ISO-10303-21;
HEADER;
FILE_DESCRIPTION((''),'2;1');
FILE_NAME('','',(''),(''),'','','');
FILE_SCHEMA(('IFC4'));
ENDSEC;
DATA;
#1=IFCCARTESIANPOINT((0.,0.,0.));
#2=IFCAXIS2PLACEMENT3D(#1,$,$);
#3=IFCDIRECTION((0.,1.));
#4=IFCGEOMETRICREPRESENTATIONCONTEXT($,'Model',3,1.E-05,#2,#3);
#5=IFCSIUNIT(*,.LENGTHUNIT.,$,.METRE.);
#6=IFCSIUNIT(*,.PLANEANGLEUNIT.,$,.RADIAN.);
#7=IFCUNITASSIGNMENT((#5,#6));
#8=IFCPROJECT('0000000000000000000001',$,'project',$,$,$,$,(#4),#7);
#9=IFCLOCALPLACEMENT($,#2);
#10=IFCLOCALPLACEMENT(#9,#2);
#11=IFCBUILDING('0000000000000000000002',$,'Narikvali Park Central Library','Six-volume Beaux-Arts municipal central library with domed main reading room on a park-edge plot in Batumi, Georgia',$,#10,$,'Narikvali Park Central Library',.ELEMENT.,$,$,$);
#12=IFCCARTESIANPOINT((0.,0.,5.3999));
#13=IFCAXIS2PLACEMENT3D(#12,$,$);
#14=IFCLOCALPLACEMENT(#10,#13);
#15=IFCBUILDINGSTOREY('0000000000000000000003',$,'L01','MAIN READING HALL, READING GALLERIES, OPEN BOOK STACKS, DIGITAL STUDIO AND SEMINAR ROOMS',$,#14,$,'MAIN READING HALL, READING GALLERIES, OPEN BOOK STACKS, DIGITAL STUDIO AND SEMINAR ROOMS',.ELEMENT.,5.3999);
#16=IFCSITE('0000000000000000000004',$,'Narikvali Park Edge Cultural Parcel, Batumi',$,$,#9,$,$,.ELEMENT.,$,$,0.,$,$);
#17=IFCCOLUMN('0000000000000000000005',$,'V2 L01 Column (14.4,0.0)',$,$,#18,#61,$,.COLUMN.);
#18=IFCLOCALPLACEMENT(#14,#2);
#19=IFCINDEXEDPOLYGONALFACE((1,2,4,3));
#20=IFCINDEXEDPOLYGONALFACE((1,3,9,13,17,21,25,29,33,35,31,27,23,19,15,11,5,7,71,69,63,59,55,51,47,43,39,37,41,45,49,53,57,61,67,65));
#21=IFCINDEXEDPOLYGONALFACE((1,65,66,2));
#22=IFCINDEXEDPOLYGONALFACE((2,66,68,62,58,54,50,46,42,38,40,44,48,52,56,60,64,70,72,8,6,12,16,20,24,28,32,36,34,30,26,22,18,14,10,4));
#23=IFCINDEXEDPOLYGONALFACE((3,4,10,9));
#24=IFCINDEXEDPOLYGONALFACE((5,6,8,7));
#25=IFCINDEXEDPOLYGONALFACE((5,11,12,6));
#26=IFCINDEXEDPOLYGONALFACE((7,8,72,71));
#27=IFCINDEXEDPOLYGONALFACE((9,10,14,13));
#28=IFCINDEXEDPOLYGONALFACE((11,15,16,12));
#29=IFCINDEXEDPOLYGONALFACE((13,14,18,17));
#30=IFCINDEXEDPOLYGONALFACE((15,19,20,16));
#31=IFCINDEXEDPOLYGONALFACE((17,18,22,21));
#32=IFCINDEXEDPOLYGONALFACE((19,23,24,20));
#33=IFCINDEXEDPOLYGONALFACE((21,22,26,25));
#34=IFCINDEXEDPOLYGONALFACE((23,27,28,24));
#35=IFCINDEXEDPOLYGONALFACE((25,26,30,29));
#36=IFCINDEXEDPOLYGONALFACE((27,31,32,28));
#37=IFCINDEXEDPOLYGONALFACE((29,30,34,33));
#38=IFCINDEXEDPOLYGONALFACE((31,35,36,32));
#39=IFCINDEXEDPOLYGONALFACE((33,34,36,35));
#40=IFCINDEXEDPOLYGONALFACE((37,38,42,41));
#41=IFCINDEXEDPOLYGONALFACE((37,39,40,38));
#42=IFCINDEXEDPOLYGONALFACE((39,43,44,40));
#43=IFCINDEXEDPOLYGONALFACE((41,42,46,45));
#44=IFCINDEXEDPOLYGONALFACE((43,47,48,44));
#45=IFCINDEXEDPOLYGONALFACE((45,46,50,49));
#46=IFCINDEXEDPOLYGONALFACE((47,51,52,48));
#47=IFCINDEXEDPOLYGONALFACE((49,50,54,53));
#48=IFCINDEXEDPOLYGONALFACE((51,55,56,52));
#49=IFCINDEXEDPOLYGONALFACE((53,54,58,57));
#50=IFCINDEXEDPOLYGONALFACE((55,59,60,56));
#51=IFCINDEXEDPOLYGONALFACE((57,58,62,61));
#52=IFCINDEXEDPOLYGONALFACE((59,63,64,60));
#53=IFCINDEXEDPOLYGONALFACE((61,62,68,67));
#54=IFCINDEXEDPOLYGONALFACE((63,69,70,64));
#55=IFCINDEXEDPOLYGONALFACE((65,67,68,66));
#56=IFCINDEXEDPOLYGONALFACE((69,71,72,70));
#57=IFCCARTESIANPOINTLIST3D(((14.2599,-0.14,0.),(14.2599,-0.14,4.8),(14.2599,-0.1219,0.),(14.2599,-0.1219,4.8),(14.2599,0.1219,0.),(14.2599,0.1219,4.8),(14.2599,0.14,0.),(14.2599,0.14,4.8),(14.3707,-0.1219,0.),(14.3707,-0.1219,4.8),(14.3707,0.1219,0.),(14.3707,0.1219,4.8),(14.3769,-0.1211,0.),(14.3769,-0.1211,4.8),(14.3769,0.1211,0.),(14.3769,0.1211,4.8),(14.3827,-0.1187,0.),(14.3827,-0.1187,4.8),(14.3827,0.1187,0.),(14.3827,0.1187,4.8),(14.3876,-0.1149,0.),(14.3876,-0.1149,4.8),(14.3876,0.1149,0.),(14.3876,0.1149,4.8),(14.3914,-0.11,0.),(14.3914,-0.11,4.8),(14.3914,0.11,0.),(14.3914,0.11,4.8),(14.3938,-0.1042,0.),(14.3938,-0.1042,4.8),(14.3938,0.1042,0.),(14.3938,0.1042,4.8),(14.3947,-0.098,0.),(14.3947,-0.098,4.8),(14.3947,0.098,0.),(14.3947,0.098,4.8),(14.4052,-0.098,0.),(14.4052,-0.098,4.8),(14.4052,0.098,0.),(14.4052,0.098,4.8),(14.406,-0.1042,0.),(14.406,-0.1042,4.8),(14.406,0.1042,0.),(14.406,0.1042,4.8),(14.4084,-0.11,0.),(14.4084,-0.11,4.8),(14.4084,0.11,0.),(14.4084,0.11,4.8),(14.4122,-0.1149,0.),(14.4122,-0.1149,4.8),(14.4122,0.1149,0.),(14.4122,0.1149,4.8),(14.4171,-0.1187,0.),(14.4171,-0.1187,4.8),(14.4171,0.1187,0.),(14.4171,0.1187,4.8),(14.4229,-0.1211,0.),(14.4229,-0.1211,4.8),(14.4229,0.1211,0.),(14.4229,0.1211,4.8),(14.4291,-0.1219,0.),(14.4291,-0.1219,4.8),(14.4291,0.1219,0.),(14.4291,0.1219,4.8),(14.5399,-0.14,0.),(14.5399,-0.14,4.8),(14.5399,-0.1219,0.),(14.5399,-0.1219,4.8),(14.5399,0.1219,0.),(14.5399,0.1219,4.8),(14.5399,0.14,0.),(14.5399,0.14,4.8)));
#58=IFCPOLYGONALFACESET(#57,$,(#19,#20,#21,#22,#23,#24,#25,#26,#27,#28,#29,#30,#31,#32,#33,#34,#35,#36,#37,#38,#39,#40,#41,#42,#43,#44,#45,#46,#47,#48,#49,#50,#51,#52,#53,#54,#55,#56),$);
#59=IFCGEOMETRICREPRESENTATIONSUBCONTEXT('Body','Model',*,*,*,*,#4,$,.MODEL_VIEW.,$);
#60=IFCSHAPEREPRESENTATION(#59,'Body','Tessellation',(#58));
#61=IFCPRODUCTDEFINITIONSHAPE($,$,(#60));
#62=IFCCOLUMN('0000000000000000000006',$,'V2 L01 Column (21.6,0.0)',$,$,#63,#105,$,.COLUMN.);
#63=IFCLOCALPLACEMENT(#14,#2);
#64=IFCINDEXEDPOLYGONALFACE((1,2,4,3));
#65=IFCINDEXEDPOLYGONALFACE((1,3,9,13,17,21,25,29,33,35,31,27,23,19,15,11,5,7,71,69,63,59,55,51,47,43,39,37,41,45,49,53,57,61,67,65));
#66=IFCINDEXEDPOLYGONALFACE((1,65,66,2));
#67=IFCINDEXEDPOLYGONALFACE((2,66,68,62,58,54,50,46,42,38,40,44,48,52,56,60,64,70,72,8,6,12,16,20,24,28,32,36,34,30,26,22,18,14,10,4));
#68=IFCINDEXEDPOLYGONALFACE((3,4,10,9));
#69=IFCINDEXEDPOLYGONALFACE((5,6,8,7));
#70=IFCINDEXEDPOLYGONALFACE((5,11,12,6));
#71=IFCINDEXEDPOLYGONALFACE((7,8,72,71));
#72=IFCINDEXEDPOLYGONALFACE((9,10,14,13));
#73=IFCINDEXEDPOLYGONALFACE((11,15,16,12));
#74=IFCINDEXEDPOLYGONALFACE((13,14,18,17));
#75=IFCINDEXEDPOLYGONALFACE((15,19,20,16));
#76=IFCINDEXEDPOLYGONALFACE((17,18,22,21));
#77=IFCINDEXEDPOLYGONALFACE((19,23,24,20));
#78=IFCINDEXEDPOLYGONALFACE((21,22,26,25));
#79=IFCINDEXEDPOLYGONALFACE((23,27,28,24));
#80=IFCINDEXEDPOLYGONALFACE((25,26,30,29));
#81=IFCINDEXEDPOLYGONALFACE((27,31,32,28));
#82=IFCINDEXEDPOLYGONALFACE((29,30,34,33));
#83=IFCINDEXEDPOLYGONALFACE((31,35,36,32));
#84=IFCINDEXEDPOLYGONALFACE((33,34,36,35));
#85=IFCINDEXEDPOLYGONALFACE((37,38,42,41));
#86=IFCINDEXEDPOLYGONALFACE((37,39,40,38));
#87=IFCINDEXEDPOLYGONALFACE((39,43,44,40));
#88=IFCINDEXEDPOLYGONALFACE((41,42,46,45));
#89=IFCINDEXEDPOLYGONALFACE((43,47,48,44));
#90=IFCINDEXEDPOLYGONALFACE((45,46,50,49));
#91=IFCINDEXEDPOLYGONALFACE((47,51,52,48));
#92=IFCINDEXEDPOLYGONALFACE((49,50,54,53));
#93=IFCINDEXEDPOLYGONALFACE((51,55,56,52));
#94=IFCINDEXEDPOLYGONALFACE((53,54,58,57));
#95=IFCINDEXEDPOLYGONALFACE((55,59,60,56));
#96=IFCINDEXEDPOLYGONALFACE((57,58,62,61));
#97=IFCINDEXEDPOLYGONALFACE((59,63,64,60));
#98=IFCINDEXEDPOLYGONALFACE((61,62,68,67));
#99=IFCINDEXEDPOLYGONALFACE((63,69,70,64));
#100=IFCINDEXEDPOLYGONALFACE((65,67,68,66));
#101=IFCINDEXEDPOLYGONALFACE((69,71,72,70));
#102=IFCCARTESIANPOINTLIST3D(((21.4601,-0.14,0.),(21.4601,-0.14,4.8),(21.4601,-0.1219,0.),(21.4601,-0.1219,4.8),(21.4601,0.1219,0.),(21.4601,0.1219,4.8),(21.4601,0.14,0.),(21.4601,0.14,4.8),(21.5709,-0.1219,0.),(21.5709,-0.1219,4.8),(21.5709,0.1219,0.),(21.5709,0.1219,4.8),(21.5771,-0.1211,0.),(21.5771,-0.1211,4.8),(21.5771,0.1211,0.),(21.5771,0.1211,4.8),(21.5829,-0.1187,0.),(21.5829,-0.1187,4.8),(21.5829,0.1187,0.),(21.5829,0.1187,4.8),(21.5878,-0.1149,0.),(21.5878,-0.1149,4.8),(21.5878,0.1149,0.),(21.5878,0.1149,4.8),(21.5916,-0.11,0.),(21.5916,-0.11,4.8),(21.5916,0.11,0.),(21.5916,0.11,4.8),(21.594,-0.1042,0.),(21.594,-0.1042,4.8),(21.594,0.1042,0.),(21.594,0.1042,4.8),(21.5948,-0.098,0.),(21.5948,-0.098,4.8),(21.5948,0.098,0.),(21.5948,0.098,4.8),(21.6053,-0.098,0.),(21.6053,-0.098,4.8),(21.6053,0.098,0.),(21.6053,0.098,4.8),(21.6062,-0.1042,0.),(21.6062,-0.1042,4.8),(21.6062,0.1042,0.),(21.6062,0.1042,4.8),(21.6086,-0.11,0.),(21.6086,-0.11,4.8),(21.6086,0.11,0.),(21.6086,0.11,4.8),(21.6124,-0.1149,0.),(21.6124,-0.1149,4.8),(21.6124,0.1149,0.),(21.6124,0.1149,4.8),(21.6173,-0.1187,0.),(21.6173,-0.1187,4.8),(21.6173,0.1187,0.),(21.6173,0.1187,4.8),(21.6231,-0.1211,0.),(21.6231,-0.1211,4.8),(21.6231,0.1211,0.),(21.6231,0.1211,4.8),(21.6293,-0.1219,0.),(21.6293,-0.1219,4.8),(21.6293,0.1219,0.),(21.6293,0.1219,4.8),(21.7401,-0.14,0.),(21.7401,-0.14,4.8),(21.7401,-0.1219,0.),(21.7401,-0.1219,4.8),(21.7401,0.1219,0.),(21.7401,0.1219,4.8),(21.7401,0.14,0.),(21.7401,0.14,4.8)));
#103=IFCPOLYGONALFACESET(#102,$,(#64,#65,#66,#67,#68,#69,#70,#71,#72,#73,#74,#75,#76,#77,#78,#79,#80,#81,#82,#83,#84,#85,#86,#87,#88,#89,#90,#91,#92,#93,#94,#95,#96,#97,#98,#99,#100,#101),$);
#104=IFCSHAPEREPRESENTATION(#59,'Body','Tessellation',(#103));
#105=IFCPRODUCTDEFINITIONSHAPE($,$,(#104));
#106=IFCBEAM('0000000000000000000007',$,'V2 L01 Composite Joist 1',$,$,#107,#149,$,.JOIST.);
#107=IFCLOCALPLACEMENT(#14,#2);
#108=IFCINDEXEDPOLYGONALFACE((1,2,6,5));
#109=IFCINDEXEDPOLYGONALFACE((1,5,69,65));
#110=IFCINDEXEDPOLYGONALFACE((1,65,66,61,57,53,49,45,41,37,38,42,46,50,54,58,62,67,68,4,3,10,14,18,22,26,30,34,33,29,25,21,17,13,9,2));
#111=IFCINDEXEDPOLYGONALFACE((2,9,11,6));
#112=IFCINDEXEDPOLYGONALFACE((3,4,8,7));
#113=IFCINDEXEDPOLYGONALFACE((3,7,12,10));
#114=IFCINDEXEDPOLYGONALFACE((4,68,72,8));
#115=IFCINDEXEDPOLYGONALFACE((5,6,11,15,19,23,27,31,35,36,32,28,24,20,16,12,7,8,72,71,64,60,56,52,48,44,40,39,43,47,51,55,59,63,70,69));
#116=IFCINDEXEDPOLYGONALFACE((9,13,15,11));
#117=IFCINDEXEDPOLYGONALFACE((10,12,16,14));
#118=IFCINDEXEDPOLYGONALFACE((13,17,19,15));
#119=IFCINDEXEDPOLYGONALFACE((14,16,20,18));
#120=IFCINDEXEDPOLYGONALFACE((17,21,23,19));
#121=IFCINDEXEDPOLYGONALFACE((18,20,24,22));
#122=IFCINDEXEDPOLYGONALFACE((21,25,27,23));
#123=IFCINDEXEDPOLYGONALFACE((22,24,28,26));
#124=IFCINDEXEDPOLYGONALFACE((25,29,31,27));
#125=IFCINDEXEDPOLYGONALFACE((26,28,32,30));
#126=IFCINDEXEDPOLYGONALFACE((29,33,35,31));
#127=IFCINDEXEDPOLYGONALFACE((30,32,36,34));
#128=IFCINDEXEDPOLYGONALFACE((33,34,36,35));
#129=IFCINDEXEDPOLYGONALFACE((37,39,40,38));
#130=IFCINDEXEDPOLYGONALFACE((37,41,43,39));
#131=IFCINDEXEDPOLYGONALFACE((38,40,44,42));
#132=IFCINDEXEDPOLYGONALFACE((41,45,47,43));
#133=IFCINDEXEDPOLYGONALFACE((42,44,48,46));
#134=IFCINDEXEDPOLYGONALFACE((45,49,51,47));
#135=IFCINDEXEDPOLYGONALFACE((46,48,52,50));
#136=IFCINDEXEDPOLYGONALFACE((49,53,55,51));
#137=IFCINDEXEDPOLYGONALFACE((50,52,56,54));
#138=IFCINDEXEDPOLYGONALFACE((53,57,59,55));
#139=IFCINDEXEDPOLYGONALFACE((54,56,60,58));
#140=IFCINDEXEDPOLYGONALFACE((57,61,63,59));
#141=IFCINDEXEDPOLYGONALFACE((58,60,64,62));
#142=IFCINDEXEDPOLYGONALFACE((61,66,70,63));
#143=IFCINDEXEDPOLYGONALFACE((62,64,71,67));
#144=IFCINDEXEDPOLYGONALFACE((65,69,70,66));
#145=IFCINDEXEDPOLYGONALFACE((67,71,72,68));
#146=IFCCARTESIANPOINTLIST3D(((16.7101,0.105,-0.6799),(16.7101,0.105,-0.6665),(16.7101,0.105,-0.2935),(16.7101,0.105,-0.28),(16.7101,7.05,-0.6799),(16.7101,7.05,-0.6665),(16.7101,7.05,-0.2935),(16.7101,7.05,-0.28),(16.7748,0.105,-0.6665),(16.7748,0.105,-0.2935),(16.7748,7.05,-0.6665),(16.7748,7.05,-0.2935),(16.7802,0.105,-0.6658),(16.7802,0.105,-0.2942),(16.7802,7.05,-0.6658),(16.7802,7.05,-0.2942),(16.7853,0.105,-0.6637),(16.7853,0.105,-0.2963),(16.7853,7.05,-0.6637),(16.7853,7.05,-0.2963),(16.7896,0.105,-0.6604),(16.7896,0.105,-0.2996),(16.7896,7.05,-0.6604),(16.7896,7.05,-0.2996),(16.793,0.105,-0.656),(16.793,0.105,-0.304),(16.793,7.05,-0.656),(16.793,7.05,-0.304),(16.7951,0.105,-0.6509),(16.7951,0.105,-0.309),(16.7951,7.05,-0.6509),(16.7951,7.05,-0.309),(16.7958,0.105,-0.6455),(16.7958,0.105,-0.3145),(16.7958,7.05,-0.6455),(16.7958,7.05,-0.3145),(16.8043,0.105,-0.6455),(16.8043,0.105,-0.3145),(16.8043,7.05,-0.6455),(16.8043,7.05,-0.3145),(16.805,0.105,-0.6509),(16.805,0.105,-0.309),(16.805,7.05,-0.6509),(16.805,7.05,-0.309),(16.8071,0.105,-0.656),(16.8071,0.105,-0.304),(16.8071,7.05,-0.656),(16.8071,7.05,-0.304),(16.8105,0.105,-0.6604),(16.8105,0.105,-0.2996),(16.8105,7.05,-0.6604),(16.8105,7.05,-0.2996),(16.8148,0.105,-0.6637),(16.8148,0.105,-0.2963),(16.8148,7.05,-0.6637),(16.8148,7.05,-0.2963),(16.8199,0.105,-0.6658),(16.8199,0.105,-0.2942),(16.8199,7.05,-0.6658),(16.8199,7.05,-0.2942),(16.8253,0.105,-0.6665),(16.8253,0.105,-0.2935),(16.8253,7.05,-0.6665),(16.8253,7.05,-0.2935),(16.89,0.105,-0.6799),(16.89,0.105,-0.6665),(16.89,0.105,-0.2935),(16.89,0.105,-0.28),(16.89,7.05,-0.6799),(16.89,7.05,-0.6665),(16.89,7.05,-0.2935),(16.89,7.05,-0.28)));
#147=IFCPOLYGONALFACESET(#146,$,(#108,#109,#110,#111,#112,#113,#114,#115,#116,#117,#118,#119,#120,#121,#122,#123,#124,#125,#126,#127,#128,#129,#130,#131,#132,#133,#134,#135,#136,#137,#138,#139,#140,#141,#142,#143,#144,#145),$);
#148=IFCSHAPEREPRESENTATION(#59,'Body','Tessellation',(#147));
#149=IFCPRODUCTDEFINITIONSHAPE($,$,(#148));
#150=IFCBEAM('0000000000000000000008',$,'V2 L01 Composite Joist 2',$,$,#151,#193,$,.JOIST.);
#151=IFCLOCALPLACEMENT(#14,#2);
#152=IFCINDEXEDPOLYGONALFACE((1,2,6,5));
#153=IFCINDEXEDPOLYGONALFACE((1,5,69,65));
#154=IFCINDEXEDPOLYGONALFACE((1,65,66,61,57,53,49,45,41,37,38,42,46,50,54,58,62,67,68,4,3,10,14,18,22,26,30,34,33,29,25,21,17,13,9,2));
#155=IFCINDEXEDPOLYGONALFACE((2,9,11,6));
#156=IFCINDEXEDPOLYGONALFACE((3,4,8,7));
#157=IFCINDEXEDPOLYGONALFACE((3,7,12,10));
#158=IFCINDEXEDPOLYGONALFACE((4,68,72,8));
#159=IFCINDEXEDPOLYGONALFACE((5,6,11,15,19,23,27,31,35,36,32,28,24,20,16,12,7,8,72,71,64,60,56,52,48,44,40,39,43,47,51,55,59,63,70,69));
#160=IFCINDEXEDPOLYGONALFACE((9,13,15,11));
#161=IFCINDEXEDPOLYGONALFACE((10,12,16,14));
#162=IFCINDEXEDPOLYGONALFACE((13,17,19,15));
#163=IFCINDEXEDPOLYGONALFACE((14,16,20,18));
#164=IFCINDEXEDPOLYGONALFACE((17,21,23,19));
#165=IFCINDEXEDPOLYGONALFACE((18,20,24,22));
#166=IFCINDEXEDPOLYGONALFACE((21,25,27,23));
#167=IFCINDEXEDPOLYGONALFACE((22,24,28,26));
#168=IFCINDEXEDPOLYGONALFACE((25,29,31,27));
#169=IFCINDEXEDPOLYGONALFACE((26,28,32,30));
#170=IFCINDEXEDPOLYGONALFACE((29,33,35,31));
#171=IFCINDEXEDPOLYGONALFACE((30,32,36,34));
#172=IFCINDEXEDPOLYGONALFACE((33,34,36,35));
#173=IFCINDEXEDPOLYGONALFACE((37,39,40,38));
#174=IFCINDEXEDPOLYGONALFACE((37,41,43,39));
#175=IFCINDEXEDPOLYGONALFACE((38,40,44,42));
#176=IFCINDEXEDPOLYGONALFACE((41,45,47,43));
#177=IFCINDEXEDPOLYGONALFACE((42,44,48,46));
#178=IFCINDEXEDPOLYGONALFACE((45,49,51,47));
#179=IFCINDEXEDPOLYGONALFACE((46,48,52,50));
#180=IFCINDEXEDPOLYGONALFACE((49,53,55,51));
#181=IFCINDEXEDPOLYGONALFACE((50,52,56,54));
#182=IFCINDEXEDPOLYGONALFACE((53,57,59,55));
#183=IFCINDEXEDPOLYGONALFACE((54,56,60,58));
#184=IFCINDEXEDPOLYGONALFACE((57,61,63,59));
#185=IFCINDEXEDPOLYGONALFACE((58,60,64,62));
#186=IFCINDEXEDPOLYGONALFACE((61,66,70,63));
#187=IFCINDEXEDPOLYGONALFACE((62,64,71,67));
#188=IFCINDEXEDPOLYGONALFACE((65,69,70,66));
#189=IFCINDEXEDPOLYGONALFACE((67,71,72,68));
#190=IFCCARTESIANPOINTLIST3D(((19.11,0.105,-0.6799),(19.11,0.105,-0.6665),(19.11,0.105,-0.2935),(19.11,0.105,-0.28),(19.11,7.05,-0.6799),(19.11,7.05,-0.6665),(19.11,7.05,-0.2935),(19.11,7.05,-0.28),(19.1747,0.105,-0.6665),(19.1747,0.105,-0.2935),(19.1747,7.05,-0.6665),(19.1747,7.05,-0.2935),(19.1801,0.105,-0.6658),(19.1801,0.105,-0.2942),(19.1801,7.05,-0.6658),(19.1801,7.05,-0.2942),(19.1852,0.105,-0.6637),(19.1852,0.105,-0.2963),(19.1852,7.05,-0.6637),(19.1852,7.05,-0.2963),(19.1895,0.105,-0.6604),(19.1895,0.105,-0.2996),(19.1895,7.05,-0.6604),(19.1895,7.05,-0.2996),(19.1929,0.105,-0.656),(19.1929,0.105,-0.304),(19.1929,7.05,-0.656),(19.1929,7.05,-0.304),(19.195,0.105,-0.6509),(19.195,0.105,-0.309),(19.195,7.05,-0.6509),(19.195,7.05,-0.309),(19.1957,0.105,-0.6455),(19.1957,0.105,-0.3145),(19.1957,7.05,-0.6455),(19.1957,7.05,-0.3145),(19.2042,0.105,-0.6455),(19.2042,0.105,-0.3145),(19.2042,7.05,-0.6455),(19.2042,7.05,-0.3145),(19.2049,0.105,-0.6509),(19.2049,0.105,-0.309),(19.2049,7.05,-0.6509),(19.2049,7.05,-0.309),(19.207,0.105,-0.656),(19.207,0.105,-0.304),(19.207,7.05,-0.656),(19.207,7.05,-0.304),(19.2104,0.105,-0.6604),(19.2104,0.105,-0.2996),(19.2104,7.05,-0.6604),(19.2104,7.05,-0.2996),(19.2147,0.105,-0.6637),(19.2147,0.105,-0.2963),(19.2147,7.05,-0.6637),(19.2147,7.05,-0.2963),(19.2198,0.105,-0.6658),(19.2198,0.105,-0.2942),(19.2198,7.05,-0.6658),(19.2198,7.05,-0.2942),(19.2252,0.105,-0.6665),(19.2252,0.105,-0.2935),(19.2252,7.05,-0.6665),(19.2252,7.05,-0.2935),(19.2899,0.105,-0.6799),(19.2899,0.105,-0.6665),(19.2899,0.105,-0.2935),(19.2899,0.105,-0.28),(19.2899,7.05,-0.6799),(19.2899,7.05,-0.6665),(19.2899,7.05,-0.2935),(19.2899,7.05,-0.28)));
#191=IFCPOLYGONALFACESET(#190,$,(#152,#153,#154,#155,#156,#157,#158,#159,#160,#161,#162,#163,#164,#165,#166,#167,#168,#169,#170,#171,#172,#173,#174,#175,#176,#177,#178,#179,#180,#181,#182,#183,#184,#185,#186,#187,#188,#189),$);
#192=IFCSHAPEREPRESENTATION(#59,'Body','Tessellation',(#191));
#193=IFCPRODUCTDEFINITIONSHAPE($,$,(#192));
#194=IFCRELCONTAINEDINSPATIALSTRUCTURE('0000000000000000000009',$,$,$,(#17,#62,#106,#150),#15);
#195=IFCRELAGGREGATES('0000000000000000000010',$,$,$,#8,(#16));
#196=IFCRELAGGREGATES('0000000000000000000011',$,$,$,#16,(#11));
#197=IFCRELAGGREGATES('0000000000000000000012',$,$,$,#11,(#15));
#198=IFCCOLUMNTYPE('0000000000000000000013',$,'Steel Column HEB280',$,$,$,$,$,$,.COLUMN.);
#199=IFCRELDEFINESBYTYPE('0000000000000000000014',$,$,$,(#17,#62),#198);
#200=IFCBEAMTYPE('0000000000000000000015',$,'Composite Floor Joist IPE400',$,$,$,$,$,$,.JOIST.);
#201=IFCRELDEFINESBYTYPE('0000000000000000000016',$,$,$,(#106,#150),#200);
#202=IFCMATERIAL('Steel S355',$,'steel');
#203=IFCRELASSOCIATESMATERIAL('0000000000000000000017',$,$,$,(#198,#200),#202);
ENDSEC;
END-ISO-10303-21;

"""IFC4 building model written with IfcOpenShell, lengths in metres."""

from ifc_helpers import new_model, si_unit, direction, frame, origin, origin_2d, place, context, subcontext, project, spatial, i_section, extrude, material, material_profile, profile_set, type_object, element, save


model = new_model("IFC4")

# Units and contexts
model_context = context("Model", 3, precision=1e-05, world=origin(), true_north=direction((0.0, 1.0)))
body_context = subcontext(model_context, "Body", "Model", "MODEL_VIEW")
ifc_project = project(units=[si_unit("LENGTHUNIT", "METRE"), si_unit("PLANEANGLEUNIT", "RADIAN")], contexts=[model_context])

# Site, building, storey
site_placement = place(None, origin())
site = spatial("IfcSite", under=ifc_project, at=site_placement, Name="Narikvali Park Edge Cultural Parcel, Batumi", CompositionType="ELEMENT", RefElevation=0.0)
building_placement = place(site_placement, origin())
building = spatial("IfcBuilding", under=site, at=building_placement, Name="Narikvali Park Central Library", Description="Six-volume Beaux-Arts municipal central library with domed main reading room on a park-edge plot in Batumi, Georgia", LongName="Narikvali Park Central Library", CompositionType="ELEMENT")
storey_placement = place(building_placement, frame((0.0, 0.0, 5.3999)))
storey = spatial("IfcBuildingStorey", under=building, at=storey_placement, Name="L01", Description="MAIN READING HALL, READING GALLERIES, OPEN BOOK STACKS, DIGITAL STUDIO AND SEMINAR ROOMS", LongName="MAIN READING HALL, READING GALLERIES, OPEN BOOK STACKS, DIGITAL STUDIO AND SEMINAR ROOMS", CompositionType="ELEMENT", Elevation=5.3999)

# Columns
ifc_material_1 = material(Name="Steel S355", Category="steel")
ifc_material_profile_1 = material_profile(ifc_material_1, i_section(OverallWidth=0.28, OverallDepth=0.28, WebThickness=0.0105, FlangeThickness=0.0181, FilletRadius=0.0239, at=origin_2d()), Name="HEB 280")
ifc_profile_set_1 = profile_set([ifc_material_profile_1], Name="Steel S355")
column_type = type_object("IfcColumnType", Name="Steel Column HEB280", PredefinedType="COLUMN", material=ifc_profile_set_1)
for number, where, z_axis, x_axis, name in (
    (1, (14.3999, 0.0, 0.0), (0.0, 0.0, 1.0), (1.0, 0.0, 0.0), "V2 L01 Column (14.4,0.0)"),
    (2, (21.6001, 0.0, 0.0), (0.0, 0.0, 1.0), (1.0, 0.0, 0.0), "V2 L01 Column (21.6,0.0)"),
):
    element("IfcColumn", number, at=place(storey_placement, frame(where, z_axis=z_axis, x_axis=x_axis)), inside=storey, type_object=column_type, Name=name, PredefinedType="COLUMN", context=body_context, shape_type="SweptSolid", body=[
        extrude(i_section(OverallWidth=0.28, OverallDepth=0.28, WebThickness=0.0105, FlangeThickness=0.0181, FilletRadius=0.0239, at=origin_2d()), origin(), (0.0, 0.0, 1.0), 4.8),
    ])

# Beams
ifc_material_profile_2 = material_profile(ifc_material_1, i_section(OverallWidth=0.1799, OverallDepth=0.3999, WebThickness=0.0085, FlangeThickness=0.0134, FilletRadius=0.021, at=origin_2d()), Name="IPE 400")
ifc_profile_set_2 = profile_set([ifc_material_profile_2], Name="Steel S355")
beam_type_1 = type_object("IfcBeamType", Name="Composite Floor Joist IPE400", PredefinedType="JOIST", material=ifc_profile_set_2)
for number, where, z_axis, x_axis, name in (
    (3, (16.8, 0.105, -0.48), (0.0, 1.0, 0.0), (-1.0, 0.0, 0.0), "V2 L01 Composite Joist 1"),
    (4, (19.2, 0.105, -0.48), (0.0, 1.0, 0.0), (-1.0, 0.0, 0.0), "V2 L01 Composite Joist 2"),
):
    element("IfcBeam", number, at=place(storey_placement, frame(where, z_axis=z_axis, x_axis=x_axis)), inside=storey, type_object=beam_type_1, Name=name, PredefinedType="JOIST", context=body_context, shape_type="SweptSolid", body=[
        extrude(i_section(OverallWidth=0.1799, OverallDepth=0.3999, WebThickness=0.0085, FlangeThickness=0.0134, FilletRadius=0.021, at=origin_2d()), origin(), (0.0, 0.0, 1.0), 6.9451),
    ])

save(model, "model.ifc")
